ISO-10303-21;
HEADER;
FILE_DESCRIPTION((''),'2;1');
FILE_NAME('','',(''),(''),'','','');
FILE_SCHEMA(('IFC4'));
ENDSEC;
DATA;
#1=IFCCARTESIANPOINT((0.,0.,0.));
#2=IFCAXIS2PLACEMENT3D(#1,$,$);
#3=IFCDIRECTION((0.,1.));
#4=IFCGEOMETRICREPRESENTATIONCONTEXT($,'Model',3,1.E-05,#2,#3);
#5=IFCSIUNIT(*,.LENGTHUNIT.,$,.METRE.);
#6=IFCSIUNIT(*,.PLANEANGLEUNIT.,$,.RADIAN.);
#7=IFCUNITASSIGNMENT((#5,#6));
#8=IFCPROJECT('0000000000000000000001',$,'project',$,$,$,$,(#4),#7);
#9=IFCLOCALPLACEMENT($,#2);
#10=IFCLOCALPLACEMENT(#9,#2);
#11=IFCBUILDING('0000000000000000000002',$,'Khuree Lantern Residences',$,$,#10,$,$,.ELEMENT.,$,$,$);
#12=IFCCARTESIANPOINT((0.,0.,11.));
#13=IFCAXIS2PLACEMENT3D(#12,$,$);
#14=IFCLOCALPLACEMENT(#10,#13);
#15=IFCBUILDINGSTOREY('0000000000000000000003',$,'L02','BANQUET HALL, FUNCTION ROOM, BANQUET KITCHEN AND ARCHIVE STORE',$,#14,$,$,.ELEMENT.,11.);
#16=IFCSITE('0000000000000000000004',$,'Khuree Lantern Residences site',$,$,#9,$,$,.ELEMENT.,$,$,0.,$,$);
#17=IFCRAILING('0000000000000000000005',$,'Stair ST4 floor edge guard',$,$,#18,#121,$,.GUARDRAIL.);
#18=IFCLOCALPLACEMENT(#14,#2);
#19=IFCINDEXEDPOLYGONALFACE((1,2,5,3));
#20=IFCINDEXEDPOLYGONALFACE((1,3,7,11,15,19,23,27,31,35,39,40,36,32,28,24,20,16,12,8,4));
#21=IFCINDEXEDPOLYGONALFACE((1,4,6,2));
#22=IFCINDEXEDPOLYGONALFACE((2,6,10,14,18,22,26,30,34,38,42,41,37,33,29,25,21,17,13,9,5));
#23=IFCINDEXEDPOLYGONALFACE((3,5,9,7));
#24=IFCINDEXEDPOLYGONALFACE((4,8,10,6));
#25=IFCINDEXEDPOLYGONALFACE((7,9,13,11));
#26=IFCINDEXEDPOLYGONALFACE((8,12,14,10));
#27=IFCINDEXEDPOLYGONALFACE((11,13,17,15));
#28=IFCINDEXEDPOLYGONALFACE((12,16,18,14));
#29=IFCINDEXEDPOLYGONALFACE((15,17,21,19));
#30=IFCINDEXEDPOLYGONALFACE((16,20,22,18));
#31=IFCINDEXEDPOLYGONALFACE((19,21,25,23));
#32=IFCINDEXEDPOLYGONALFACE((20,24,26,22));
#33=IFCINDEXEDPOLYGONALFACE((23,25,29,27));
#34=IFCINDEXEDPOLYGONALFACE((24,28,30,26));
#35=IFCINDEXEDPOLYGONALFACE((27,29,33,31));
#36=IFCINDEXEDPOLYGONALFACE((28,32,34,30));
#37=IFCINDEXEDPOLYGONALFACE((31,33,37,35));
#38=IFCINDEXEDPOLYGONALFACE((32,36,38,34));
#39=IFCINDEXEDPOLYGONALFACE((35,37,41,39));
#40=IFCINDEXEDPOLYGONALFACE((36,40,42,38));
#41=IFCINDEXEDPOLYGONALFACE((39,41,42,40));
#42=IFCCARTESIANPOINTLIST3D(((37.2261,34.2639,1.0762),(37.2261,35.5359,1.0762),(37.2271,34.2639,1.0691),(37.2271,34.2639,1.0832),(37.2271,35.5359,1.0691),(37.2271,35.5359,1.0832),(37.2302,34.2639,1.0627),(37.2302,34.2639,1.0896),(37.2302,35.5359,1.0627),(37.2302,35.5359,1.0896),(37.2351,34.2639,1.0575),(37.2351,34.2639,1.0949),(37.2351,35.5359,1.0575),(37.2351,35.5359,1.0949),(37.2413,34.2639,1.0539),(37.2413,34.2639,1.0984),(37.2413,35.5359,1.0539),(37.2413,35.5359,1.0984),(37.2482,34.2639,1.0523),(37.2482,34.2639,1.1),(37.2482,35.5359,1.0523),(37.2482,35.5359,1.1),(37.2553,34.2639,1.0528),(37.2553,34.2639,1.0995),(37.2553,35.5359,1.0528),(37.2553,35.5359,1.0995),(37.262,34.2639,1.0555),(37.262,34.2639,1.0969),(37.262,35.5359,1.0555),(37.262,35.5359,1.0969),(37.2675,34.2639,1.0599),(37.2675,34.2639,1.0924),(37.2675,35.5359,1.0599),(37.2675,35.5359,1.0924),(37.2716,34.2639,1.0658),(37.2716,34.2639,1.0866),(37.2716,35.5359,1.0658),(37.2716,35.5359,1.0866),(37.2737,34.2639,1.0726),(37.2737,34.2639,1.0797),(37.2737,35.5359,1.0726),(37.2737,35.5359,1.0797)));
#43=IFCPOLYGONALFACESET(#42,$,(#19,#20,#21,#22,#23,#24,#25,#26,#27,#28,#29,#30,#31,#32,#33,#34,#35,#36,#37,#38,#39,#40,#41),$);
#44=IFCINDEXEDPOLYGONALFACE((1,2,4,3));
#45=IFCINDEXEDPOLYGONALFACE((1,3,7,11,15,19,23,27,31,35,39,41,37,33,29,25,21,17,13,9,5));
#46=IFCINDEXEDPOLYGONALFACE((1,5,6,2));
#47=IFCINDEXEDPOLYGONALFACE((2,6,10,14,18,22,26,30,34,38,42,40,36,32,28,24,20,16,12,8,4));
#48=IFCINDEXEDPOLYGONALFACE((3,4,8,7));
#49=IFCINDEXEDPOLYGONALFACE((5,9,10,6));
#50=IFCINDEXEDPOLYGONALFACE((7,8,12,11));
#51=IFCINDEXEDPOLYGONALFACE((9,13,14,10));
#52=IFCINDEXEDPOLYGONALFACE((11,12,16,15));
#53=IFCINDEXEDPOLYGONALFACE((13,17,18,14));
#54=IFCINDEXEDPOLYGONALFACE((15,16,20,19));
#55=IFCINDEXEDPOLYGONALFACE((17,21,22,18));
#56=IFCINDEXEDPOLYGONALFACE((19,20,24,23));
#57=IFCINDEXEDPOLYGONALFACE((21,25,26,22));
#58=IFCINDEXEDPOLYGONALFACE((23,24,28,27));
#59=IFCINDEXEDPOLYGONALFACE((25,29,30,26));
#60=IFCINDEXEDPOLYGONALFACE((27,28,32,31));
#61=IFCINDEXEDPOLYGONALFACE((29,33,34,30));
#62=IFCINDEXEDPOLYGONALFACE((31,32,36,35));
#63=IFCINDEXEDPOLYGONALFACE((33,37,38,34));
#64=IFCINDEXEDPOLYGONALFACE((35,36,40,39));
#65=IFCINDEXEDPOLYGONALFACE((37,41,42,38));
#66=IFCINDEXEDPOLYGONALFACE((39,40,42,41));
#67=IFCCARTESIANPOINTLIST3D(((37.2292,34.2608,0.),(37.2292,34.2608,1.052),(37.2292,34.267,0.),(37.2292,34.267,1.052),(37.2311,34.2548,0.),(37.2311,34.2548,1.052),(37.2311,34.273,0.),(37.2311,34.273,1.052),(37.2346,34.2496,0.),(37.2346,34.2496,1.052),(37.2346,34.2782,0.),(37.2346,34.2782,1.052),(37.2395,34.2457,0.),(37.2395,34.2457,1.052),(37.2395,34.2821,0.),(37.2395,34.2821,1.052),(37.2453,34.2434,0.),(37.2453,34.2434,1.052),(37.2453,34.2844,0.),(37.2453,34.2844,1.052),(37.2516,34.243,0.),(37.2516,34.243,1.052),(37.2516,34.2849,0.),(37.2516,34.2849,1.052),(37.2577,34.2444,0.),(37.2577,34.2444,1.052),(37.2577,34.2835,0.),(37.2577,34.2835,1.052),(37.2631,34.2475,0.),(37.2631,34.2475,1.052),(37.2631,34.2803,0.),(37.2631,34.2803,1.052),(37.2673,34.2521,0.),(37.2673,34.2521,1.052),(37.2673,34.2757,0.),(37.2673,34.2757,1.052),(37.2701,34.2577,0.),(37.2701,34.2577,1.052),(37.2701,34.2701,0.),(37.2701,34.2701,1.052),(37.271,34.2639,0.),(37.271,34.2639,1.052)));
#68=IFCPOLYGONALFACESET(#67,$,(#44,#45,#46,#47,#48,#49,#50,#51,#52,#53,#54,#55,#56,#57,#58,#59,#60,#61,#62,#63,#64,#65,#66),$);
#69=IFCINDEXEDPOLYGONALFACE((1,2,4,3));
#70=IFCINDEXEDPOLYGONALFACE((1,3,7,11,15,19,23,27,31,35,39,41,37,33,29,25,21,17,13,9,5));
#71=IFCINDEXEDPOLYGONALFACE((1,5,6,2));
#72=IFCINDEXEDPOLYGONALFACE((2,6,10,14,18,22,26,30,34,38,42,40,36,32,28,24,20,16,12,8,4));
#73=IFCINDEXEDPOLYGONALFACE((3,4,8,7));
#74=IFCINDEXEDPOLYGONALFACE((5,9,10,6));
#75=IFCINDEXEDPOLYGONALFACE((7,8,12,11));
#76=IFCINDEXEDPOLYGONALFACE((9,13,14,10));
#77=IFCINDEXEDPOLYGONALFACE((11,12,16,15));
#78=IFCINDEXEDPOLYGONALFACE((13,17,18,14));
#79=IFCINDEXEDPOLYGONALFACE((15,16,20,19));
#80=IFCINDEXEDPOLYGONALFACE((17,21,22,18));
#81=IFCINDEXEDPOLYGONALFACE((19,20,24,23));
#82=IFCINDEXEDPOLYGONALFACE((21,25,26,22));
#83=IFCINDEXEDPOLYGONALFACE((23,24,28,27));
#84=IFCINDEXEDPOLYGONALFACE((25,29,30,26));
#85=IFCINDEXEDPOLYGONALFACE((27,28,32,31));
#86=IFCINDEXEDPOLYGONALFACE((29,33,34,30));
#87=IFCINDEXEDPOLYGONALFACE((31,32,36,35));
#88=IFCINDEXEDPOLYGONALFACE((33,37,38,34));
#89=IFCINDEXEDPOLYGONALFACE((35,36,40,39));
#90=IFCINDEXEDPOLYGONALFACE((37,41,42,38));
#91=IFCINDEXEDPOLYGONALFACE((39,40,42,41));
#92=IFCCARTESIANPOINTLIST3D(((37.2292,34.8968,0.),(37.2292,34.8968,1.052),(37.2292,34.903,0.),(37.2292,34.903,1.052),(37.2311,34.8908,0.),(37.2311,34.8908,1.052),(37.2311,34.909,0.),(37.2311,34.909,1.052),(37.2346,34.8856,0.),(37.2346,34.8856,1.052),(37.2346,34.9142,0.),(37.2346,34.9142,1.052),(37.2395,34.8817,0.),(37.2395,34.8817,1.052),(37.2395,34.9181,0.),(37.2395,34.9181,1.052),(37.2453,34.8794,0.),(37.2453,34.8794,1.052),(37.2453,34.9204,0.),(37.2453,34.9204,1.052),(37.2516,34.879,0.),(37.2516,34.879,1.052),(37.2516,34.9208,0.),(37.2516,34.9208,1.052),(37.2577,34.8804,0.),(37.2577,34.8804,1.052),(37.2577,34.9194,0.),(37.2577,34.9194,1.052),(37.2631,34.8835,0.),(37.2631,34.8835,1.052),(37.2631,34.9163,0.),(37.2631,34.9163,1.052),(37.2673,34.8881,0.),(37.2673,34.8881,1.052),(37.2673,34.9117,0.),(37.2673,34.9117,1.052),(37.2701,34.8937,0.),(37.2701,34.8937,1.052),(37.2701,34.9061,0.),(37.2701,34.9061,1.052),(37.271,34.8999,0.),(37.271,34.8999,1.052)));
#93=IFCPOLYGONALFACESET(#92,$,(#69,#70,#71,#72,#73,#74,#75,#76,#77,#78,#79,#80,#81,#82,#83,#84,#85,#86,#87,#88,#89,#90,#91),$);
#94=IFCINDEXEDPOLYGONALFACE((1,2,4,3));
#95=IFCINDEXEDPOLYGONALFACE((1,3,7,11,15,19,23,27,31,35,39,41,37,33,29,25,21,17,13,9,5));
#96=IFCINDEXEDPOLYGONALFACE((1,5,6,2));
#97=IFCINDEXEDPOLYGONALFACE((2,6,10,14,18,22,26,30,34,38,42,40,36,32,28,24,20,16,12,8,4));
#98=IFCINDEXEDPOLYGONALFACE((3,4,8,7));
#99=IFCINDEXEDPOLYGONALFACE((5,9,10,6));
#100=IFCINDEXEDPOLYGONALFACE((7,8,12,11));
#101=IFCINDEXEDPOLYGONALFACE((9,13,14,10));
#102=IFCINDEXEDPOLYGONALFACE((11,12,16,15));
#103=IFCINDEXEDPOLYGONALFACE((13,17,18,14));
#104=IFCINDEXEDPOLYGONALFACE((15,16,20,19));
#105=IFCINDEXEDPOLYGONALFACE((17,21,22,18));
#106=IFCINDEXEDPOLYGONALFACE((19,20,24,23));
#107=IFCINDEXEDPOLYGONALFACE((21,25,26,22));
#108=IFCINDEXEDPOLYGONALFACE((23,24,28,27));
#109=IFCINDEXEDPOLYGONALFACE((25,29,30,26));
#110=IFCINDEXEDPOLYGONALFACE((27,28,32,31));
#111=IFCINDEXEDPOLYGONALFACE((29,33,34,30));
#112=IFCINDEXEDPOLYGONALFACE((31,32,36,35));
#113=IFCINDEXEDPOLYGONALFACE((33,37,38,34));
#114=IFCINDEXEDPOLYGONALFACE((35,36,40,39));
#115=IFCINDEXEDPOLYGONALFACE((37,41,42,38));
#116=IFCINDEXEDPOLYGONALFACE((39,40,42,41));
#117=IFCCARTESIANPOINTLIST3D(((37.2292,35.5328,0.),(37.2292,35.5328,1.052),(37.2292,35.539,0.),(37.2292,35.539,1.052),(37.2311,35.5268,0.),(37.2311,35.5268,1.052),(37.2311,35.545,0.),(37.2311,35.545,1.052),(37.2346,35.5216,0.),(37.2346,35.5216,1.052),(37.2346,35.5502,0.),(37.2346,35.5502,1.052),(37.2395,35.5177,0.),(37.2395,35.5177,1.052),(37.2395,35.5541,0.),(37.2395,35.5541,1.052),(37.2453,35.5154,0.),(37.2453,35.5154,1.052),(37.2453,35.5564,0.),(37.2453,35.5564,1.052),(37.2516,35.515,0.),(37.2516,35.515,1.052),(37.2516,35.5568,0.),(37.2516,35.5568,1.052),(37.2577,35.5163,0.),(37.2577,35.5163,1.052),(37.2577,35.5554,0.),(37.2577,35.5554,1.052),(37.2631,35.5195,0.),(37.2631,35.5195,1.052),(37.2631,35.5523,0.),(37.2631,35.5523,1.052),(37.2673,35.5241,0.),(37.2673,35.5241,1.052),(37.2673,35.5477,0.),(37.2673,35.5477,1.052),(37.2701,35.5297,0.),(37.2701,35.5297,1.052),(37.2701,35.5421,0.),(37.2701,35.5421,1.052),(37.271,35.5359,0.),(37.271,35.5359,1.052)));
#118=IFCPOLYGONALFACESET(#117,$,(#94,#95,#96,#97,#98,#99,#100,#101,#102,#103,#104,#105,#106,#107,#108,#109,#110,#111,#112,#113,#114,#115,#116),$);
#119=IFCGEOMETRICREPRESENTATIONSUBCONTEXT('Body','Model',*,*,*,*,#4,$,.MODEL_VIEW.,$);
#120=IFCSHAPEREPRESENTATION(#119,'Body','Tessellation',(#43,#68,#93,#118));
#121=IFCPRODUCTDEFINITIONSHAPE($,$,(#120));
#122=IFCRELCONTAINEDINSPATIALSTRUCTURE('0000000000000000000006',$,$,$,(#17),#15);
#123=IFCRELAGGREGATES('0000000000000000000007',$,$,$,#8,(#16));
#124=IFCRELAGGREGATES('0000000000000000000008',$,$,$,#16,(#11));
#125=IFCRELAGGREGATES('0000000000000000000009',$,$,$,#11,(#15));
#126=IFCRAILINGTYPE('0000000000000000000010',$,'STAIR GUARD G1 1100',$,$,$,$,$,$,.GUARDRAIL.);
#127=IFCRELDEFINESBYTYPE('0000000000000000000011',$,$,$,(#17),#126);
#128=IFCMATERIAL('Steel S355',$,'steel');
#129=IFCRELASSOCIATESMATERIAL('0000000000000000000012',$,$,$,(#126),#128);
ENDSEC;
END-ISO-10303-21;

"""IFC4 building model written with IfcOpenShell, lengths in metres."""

from ifc_helpers import new_model, si_unit, direction, frame, origin, origin_2d, place, context, subcontext, project, spatial, circle, extrude, material, type_object, element, save


model = new_model("IFC4")

# Units and contexts
model_context = context("Model", 3, precision=1e-05, world=origin(), true_north=direction((0.0, 1.0)))
body_context = subcontext(model_context, "Body", "Model", "MODEL_VIEW")
ifc_project = project(units=[si_unit("LENGTHUNIT", "METRE"), si_unit("PLANEANGLEUNIT", "RADIAN")], contexts=[model_context])

# Site, building, storey
site_placement = place(None, origin())
site = spatial("IfcSite", under=ifc_project, at=site_placement, Name="Khuree Lantern Residences site", CompositionType="ELEMENT", RefElevation=0.0)
building_placement = place(site_placement, origin())
building = spatial("IfcBuilding", under=site, at=building_placement, Name="Khuree Lantern Residences", CompositionType="ELEMENT")
storey_placement = place(building_placement, frame((0.0, 0.0, 11.0)))
storey = spatial("IfcBuildingStorey", under=building, at=storey_placement, Name="L02", Description="BANQUET HALL, FUNCTION ROOM, BANQUET KITCHEN AND ARCHIVE STORE", CompositionType="ELEMENT", Elevation=11.0)

# Railing
ifc_material_1 = material(Name="Steel S355", Category="steel")
railing_type_1 = type_object("IfcRailingType", Name="STAIR GUARD G1 1100", PredefinedType="GUARDRAIL", material=ifc_material_1)
railing_1_placement = place(storey_placement, frame((37.25, 34.2639, 0.0)))
element("IfcRailing", 1, at=railing_1_placement, inside=storey, type_object=railing_type_1, Name="Stair ST4 floor edge guard", PredefinedType="GUARDRAIL", context=body_context, shape_type="SweptSolid", body=[
    extrude(circle(Radius=0.0239, at=origin_2d()), frame((0.0, 0.0, 1.0762), z_axis=(0.0, 1.0, 0.0), x_axis=(-1.0, 0.0, 0.0)), (0.0, 0.0, 1.0), 1.272),
    extrude(circle(Radius=0.021, at=origin_2d()), origin(), (0.0, 0.0, 1.0), 1.052),
    extrude(circle(Radius=0.021, at=origin_2d()), frame((0.0, 0.636, 0.0)), (0.0, 0.0, 1.0), 1.052),
    extrude(circle(Radius=0.021, at=origin_2d()), frame((0.0, 1.272, 0.0)), (0.0, 0.0, 1.0), 1.052),
])

save(model, "model.ifc")
